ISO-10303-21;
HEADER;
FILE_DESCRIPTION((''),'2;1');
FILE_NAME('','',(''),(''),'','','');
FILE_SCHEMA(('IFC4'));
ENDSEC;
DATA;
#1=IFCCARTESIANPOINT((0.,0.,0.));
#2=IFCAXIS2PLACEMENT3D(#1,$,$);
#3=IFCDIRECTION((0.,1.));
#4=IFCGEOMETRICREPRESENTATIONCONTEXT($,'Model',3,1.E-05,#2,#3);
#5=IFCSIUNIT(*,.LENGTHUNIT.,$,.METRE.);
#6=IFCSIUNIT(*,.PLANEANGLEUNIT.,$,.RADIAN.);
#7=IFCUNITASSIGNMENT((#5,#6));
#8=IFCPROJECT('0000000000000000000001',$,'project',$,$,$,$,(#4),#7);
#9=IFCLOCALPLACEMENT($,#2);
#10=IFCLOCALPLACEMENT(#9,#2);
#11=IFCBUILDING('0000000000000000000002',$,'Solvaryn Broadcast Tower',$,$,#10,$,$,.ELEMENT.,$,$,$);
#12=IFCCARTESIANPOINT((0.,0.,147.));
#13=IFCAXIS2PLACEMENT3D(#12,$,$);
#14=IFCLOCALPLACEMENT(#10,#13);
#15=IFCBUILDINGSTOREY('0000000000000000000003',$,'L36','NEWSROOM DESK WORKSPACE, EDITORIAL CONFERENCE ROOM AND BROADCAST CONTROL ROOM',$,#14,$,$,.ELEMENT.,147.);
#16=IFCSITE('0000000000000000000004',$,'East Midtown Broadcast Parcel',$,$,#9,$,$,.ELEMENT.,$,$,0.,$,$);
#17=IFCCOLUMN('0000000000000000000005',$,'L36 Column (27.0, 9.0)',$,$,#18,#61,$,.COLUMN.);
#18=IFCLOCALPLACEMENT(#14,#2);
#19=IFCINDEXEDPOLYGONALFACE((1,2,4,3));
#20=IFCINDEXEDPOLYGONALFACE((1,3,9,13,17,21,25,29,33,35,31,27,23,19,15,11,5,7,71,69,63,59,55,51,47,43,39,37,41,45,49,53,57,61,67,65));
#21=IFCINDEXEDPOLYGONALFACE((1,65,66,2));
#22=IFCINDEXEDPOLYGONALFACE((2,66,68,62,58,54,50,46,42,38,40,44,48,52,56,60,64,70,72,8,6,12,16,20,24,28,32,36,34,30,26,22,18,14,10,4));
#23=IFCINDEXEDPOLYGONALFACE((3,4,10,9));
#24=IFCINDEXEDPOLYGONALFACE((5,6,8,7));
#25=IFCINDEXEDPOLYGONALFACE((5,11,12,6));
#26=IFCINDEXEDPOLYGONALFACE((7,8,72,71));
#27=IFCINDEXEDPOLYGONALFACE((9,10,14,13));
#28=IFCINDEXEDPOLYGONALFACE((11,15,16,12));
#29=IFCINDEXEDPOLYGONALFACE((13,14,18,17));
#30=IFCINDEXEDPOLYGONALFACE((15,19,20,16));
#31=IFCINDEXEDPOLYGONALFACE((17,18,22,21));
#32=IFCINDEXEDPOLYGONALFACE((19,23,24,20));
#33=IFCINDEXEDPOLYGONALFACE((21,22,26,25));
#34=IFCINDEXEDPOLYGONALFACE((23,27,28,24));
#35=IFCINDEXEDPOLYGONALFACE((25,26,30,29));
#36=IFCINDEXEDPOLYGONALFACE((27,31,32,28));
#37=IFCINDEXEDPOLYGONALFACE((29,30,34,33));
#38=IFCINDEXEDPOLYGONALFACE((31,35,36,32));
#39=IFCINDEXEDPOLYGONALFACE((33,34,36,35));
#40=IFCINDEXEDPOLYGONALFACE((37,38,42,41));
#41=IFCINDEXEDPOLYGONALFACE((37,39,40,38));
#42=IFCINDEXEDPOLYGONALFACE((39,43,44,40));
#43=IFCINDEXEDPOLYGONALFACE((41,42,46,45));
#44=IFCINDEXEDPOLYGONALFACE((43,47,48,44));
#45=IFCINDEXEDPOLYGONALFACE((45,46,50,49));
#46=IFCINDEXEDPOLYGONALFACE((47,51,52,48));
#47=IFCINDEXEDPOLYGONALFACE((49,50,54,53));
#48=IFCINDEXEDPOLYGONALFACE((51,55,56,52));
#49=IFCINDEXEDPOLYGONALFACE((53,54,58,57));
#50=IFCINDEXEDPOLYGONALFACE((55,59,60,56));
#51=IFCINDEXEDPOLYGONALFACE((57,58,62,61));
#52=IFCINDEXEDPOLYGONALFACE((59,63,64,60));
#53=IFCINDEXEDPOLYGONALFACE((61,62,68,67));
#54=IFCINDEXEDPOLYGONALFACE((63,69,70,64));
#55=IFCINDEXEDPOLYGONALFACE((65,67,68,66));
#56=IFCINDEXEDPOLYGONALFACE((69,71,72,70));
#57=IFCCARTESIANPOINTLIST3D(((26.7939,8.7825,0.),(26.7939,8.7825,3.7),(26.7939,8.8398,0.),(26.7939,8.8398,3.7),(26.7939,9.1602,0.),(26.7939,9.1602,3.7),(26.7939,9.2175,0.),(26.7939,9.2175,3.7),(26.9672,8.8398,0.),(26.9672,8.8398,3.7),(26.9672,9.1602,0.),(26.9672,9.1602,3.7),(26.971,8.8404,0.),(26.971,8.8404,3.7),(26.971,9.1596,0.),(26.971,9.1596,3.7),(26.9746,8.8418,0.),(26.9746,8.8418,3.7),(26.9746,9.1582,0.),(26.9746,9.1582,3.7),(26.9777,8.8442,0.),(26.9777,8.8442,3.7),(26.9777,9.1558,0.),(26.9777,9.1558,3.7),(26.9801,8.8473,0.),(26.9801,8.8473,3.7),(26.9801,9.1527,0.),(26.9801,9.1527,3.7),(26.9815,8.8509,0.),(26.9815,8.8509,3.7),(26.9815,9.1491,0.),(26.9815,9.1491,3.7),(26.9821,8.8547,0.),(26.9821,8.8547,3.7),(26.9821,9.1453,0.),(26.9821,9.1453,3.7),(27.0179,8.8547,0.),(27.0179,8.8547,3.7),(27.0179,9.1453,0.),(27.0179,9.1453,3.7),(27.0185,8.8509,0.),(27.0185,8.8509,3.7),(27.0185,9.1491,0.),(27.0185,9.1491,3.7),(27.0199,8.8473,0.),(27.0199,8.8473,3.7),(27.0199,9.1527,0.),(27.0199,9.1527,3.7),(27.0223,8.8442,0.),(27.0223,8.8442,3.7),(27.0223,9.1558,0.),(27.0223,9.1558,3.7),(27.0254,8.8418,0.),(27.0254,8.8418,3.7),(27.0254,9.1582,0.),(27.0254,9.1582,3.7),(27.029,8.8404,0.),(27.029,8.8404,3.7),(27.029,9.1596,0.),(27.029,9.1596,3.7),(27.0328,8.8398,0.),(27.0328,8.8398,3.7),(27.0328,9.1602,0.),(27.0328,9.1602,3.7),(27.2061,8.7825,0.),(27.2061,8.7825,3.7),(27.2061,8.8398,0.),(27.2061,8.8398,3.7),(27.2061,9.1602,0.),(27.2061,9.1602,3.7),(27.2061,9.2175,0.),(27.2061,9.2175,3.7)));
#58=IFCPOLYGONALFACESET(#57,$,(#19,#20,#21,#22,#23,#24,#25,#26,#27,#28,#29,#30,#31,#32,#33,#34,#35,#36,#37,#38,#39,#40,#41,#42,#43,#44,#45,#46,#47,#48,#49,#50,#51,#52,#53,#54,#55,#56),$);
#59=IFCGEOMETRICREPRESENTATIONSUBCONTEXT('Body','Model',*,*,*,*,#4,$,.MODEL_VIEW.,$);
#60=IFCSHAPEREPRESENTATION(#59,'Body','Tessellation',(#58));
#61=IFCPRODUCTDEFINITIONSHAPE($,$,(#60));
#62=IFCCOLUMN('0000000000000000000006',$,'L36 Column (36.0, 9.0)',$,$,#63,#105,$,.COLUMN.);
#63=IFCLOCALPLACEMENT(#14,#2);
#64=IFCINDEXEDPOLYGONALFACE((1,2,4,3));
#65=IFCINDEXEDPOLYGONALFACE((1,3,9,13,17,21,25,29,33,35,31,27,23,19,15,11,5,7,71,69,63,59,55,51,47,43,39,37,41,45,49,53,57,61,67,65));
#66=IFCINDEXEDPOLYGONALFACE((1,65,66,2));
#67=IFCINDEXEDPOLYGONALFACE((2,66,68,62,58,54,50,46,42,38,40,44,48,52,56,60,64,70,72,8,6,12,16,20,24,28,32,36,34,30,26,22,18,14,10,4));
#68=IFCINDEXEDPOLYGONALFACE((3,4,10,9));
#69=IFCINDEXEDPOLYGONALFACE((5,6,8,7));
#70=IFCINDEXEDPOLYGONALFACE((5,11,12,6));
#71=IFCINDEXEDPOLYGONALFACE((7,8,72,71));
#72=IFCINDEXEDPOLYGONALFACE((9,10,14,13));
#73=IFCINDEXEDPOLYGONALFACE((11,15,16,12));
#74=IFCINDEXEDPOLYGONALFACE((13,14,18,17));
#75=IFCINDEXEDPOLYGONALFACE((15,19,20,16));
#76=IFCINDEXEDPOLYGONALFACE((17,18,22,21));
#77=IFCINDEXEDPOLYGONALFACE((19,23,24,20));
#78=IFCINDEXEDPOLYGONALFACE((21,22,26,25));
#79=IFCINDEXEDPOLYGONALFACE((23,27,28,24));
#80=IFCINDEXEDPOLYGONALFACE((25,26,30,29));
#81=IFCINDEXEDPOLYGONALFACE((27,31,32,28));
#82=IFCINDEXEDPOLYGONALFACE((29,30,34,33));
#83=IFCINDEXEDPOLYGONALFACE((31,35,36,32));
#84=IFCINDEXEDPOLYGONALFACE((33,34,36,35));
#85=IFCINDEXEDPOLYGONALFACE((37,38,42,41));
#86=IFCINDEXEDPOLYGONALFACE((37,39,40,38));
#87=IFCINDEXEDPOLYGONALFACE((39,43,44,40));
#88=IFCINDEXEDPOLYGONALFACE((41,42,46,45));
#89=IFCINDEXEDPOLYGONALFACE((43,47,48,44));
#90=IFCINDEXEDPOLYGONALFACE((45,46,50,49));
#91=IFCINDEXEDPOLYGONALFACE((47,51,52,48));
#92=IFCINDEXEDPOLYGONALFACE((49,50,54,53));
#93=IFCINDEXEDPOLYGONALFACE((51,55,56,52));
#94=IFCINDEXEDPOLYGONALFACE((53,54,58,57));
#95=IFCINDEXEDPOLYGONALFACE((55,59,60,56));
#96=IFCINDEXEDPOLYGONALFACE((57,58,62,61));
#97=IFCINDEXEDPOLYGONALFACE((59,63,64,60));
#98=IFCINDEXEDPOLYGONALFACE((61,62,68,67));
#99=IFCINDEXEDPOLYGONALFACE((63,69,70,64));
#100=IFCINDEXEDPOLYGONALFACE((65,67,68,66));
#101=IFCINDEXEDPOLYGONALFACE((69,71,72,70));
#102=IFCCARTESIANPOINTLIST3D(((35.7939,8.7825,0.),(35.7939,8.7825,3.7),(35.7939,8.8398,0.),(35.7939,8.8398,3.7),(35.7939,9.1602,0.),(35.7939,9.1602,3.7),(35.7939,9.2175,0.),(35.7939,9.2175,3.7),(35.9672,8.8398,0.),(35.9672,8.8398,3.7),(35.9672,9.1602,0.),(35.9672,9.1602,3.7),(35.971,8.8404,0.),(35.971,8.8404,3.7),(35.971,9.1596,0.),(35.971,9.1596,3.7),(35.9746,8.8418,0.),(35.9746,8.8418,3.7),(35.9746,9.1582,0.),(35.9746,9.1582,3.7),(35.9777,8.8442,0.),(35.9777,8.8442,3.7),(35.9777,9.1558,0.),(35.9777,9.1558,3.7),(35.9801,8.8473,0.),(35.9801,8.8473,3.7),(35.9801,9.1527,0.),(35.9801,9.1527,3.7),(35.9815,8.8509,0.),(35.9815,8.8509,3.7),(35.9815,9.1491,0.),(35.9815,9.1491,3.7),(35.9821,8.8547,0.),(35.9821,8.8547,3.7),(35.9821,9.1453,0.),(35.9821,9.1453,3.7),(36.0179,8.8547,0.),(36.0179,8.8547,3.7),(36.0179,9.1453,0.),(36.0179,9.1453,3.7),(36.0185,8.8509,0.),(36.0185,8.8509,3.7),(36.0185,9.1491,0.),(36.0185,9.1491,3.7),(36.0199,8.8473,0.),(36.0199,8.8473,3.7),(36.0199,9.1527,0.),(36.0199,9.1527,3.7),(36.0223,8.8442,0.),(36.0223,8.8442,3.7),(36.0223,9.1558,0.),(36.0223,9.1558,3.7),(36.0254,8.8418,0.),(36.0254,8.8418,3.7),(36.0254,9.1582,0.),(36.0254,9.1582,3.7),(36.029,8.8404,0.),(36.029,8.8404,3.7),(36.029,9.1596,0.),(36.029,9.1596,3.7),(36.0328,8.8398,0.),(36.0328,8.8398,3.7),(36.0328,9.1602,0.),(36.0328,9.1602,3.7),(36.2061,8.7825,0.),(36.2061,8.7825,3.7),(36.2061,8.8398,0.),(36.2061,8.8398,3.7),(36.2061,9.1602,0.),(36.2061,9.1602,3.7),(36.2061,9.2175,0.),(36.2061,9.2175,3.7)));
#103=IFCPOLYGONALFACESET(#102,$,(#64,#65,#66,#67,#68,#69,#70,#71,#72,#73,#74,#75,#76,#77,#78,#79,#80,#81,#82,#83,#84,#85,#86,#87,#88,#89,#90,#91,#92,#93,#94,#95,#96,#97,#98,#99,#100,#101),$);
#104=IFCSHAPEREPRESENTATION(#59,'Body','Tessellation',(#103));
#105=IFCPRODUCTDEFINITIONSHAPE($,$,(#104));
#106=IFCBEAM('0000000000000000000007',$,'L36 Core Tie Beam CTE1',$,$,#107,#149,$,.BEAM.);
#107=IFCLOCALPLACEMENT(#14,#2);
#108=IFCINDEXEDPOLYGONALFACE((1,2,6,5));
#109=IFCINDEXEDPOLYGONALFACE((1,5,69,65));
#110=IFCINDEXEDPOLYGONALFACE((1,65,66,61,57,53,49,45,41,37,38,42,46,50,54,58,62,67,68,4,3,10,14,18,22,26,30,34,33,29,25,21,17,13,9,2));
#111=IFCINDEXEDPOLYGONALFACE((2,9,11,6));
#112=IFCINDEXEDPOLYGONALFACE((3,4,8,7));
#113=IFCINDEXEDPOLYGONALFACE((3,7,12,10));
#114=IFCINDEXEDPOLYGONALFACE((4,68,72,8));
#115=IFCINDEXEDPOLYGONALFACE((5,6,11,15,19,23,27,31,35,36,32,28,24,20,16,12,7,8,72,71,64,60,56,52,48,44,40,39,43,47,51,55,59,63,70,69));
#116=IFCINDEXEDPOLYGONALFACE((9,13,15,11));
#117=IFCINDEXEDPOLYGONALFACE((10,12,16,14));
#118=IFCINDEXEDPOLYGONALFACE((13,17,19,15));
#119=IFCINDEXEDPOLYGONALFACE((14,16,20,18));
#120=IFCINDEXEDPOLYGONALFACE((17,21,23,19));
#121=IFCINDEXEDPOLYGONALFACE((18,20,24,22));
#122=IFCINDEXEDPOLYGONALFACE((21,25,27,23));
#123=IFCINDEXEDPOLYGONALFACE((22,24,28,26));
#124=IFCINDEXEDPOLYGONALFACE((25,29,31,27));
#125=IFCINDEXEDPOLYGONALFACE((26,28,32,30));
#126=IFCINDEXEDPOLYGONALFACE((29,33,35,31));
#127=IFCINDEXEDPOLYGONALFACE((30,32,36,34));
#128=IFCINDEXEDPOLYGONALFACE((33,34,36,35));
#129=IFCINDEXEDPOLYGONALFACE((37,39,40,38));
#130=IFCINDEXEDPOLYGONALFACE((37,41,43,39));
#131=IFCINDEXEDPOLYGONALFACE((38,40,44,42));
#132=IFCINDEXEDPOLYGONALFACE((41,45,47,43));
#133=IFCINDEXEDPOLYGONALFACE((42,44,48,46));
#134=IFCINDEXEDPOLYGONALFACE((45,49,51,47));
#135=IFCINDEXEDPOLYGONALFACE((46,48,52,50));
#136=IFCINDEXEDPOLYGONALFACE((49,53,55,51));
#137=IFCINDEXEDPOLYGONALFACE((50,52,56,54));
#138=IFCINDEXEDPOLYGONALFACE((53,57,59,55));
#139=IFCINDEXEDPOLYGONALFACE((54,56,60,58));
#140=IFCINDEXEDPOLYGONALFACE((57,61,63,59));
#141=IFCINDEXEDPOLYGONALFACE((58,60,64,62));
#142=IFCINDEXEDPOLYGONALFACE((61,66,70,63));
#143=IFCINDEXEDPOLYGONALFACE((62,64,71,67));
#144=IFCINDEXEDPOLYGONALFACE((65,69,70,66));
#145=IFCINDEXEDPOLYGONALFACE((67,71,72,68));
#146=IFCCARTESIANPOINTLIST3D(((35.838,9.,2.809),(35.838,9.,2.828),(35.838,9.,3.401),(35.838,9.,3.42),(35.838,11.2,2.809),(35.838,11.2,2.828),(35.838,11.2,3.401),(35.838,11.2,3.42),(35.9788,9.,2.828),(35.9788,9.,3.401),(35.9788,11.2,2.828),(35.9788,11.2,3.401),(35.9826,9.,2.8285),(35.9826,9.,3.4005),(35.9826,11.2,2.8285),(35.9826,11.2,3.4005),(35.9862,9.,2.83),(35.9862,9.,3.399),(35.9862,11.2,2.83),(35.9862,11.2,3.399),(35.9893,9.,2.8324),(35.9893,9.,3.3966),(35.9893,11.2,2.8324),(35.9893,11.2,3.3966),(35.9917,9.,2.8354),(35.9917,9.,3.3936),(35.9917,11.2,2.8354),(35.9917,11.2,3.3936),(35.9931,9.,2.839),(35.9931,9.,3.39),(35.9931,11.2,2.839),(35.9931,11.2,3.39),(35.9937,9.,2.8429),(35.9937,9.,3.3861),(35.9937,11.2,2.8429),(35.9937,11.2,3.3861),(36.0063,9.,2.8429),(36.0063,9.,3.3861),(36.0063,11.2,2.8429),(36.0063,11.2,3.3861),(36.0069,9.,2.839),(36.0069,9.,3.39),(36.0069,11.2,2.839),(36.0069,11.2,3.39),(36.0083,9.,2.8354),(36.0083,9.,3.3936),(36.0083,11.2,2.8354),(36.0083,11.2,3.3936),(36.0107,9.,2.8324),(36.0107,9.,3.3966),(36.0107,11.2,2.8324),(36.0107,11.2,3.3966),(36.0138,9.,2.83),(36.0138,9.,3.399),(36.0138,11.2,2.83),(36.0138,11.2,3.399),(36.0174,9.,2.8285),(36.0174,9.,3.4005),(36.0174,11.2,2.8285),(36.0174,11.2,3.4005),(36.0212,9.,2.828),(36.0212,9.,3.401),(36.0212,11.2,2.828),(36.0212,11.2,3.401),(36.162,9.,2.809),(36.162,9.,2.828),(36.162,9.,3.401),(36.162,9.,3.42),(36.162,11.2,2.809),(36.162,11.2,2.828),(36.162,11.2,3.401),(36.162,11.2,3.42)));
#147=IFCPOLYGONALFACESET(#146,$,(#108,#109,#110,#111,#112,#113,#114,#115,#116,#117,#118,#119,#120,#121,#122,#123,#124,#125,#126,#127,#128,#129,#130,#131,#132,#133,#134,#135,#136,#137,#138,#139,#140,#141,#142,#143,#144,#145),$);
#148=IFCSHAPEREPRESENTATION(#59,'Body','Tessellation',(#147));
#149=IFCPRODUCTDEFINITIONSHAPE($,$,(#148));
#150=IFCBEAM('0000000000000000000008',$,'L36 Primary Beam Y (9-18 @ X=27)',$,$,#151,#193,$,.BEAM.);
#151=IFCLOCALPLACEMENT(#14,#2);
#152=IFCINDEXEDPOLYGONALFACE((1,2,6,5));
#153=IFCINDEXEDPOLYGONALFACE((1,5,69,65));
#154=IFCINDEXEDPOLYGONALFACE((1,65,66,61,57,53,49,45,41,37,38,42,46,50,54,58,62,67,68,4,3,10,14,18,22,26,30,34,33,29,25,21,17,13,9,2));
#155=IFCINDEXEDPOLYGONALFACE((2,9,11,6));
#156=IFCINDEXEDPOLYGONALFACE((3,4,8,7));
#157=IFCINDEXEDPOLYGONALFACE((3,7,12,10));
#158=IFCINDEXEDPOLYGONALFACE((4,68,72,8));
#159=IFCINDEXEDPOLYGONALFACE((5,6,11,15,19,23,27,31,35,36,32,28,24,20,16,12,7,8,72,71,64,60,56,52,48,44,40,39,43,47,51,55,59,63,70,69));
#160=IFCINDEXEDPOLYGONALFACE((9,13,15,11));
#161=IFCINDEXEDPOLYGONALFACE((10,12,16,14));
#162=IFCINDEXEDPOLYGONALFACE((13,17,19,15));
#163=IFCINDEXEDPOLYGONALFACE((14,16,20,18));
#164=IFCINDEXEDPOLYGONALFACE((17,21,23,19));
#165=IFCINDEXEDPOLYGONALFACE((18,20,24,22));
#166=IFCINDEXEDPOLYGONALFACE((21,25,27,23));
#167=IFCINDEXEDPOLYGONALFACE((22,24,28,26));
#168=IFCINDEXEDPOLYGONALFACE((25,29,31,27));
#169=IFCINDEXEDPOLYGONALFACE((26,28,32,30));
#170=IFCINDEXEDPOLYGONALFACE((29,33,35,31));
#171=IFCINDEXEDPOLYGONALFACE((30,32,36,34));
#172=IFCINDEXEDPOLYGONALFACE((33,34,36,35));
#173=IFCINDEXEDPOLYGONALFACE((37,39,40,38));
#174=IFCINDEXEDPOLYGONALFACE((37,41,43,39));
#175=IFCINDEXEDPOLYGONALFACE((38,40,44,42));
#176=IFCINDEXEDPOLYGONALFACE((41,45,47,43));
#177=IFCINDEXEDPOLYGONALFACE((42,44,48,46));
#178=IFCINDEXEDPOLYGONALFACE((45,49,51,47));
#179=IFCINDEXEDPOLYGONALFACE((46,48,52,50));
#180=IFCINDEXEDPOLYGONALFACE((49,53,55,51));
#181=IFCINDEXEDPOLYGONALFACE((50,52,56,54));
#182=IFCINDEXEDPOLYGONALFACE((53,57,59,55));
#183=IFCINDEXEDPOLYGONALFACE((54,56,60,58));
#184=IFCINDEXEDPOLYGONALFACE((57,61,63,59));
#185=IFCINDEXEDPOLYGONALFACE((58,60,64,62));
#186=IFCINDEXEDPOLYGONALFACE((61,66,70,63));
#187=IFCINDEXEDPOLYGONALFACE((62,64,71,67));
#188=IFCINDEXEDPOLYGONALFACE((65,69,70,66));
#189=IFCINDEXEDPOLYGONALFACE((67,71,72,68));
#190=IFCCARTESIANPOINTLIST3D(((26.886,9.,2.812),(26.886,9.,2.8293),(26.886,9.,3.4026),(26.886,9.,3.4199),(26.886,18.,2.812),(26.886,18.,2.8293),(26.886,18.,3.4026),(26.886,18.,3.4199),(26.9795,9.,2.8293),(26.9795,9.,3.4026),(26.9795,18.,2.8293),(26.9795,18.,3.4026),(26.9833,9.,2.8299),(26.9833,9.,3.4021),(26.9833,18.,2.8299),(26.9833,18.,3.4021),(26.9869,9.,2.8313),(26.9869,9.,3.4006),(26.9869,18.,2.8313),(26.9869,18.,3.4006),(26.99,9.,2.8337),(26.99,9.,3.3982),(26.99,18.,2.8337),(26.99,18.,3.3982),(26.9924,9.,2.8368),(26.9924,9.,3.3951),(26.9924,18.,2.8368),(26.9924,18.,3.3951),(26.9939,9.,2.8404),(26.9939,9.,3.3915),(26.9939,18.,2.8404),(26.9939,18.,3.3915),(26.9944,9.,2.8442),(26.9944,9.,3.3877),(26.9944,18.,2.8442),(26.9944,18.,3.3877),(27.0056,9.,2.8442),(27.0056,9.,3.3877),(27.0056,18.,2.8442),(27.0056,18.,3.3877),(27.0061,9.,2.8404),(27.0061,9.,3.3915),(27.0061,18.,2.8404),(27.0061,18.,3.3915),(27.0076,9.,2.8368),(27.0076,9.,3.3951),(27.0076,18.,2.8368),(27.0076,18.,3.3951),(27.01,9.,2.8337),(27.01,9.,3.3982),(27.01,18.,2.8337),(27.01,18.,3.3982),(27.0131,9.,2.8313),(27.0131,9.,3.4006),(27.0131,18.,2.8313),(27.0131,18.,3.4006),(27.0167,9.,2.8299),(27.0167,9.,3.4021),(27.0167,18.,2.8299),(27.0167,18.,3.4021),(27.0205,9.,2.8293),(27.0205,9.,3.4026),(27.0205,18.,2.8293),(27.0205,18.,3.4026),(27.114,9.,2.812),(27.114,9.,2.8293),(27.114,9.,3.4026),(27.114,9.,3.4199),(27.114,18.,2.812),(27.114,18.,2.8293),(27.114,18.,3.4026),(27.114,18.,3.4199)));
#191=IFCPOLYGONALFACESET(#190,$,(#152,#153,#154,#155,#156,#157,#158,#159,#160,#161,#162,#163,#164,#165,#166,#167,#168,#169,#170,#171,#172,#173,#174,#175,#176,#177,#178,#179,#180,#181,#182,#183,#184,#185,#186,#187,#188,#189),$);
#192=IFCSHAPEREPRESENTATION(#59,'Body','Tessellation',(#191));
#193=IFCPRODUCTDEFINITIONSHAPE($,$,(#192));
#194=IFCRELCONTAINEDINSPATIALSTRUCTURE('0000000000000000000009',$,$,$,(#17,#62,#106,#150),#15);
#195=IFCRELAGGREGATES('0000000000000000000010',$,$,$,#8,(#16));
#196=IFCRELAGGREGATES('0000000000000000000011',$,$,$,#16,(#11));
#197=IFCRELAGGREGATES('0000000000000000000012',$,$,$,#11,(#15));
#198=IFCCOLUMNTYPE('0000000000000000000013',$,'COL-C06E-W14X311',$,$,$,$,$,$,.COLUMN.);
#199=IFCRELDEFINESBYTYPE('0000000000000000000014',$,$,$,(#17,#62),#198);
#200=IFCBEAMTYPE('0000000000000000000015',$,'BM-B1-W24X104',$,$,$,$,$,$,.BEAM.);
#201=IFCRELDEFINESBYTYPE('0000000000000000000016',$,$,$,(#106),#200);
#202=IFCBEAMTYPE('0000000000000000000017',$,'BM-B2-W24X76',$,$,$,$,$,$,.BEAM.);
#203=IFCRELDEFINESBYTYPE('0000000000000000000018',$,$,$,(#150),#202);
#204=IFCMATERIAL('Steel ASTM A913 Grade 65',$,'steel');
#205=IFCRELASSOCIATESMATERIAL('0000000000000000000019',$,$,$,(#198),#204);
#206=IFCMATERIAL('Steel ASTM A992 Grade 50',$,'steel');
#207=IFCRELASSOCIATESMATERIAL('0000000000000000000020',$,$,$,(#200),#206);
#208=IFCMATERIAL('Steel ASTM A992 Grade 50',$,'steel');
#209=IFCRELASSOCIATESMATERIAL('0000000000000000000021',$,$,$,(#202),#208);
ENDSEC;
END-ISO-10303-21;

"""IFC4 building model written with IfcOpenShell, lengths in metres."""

from ifc_helpers import new_model, si_unit, direction, frame, origin, origin_2d, place, context, subcontext, project, spatial, i_section, extrude, material, material_profile, profile_set, type_object, element, save


model = new_model("IFC4")

# Units and contexts
model_context = context("Model", 3, precision=1e-05, world=origin(), true_north=direction((0.0, 1.0)))
body_context = subcontext(model_context, "Body", "Model", "MODEL_VIEW")
ifc_project = project(units=[si_unit("LENGTHUNIT", "METRE"), si_unit("PLANEANGLEUNIT", "RADIAN")], contexts=[model_context])

# Site, building, storey
site_placement = place(None, origin())
site = spatial("IfcSite", under=ifc_project, at=site_placement, Name="East Midtown Broadcast Parcel", CompositionType="ELEMENT", RefElevation=0.0)
building_placement = place(site_placement, origin())
building = spatial("IfcBuilding", under=site, at=building_placement, Name="Solvaryn Broadcast Tower", CompositionType="ELEMENT")
storey_placement = place(building_placement, frame((0.0, 0.0, 147.0)))
storey = spatial("IfcBuildingStorey", under=building, at=storey_placement, Name="L36", Description="NEWSROOM DESK WORKSPACE, EDITORIAL CONFERENCE ROOM AND BROADCAST CONTROL ROOM", CompositionType="ELEMENT", Elevation=147.0)

# Columns
ifc_material_1 = material(Name="Steel ASTM A913 Grade 65", Category="steel")
ifc_material_profile_1 = material_profile(ifc_material_1, i_section(OverallWidth=0.4121, OverallDepth=0.4351, WebThickness=0.0359, FlangeThickness=0.0574, FilletRadius=0.0149, at=origin_2d()))
ifc_profile_set_1 = profile_set([ifc_material_profile_1], Name="Steel ASTM A913 Grade 65")
column_type = type_object("IfcColumnType", Name="COL-C06E-W14X311", PredefinedType="COLUMN", material=ifc_profile_set_1)
for number, where, z_axis, x_axis, name in (
    (1, (27.0, 9.0, 0.0), (0.0, 0.0, 1.0), (1.0, 0.0, 0.0), "L36 Column (27.0, 9.0)"),
    (2, (36.0, 9.0, 0.0), (0.0, 0.0, 1.0), (1.0, 0.0, 0.0), "L36 Column (36.0, 9.0)"),
):
    element("IfcColumn", number, at=place(storey_placement, frame(where, z_axis=z_axis, x_axis=x_axis)), inside=storey, type_object=column_type, Name=name, PredefinedType="COLUMN", context=body_context, shape_type="SweptSolid", body=[
        extrude(i_section(OverallWidth=0.4121, OverallDepth=0.4351, WebThickness=0.0359, FlangeThickness=0.0574, FilletRadius=0.0149, at=origin_2d()), origin(), (0.0, 0.0, 1.0), 3.7),
    ])

# Beams
ifc_material_2 = material(Name="Steel ASTM A992 Grade 50", Category="steel")
ifc_material_profile_2 = material_profile(ifc_material_2, i_section(OverallWidth=0.324, OverallDepth=0.6111, WebThickness=0.0127, FlangeThickness=0.019, FilletRadius=0.0149, at=origin_2d()))
ifc_profile_set_2 = profile_set([ifc_material_profile_2], Name="Steel ASTM A992 Grade 50")
beam_type_1 = type_object("IfcBeamType", Name="BM-B1-W24X104", PredefinedType="BEAM", material=ifc_profile_set_2)
beam_1_placement = place(storey_placement, frame((36.0, 9.0, 3.1145), z_axis=(0.0, 1.0, 0.0), x_axis=(-1.0, 0.0, 0.0)))
element("IfcBeam", 3, at=beam_1_placement, inside=storey, type_object=beam_type_1, Name="L36 Core Tie Beam CTE1", PredefinedType="BEAM", context=body_context, shape_type="SweptSolid", body=[
    extrude(i_section(OverallWidth=0.324, OverallDepth=0.6111, WebThickness=0.0127, FlangeThickness=0.019, FilletRadius=0.0149, at=origin_2d()), origin(), (0.0, 0.0, 1.0), 2.2),
])
ifc_material_3 = material(Name="Steel ASTM A992 Grade 50", Category="steel")
ifc_material_profile_3 = material_profile(ifc_material_3, i_section(OverallWidth=0.228, OverallDepth=0.6079, WebThickness=0.0112, FlangeThickness=0.0173, FilletRadius=0.0149, at=origin_2d()))
ifc_profile_set_3 = profile_set([ifc_material_profile_3], Name="Steel ASTM A992 Grade 50")
beam_type_2 = type_object("IfcBeamType", Name="BM-B2-W24X76", PredefinedType="BEAM", material=ifc_profile_set_3)
beam_2_placement = place(storey_placement, frame((27.0, 9.0, 3.116), z_axis=(0.0, 1.0, 0.0), x_axis=(-1.0, 0.0, 0.0)))
element("IfcBeam", 4, at=beam_2_placement, inside=storey, type_object=beam_type_2, Name="L36 Primary Beam Y (9-18 @ X=27)", PredefinedType="BEAM", context=body_context, shape_type="SweptSolid", body=[
    extrude(i_section(OverallWidth=0.228, OverallDepth=0.6079, WebThickness=0.0112, FlangeThickness=0.0173, FilletRadius=0.0149, at=origin_2d()), origin(), (0.0, 0.0, 1.0), 9.0),
])

save(model, "model.ifc")
